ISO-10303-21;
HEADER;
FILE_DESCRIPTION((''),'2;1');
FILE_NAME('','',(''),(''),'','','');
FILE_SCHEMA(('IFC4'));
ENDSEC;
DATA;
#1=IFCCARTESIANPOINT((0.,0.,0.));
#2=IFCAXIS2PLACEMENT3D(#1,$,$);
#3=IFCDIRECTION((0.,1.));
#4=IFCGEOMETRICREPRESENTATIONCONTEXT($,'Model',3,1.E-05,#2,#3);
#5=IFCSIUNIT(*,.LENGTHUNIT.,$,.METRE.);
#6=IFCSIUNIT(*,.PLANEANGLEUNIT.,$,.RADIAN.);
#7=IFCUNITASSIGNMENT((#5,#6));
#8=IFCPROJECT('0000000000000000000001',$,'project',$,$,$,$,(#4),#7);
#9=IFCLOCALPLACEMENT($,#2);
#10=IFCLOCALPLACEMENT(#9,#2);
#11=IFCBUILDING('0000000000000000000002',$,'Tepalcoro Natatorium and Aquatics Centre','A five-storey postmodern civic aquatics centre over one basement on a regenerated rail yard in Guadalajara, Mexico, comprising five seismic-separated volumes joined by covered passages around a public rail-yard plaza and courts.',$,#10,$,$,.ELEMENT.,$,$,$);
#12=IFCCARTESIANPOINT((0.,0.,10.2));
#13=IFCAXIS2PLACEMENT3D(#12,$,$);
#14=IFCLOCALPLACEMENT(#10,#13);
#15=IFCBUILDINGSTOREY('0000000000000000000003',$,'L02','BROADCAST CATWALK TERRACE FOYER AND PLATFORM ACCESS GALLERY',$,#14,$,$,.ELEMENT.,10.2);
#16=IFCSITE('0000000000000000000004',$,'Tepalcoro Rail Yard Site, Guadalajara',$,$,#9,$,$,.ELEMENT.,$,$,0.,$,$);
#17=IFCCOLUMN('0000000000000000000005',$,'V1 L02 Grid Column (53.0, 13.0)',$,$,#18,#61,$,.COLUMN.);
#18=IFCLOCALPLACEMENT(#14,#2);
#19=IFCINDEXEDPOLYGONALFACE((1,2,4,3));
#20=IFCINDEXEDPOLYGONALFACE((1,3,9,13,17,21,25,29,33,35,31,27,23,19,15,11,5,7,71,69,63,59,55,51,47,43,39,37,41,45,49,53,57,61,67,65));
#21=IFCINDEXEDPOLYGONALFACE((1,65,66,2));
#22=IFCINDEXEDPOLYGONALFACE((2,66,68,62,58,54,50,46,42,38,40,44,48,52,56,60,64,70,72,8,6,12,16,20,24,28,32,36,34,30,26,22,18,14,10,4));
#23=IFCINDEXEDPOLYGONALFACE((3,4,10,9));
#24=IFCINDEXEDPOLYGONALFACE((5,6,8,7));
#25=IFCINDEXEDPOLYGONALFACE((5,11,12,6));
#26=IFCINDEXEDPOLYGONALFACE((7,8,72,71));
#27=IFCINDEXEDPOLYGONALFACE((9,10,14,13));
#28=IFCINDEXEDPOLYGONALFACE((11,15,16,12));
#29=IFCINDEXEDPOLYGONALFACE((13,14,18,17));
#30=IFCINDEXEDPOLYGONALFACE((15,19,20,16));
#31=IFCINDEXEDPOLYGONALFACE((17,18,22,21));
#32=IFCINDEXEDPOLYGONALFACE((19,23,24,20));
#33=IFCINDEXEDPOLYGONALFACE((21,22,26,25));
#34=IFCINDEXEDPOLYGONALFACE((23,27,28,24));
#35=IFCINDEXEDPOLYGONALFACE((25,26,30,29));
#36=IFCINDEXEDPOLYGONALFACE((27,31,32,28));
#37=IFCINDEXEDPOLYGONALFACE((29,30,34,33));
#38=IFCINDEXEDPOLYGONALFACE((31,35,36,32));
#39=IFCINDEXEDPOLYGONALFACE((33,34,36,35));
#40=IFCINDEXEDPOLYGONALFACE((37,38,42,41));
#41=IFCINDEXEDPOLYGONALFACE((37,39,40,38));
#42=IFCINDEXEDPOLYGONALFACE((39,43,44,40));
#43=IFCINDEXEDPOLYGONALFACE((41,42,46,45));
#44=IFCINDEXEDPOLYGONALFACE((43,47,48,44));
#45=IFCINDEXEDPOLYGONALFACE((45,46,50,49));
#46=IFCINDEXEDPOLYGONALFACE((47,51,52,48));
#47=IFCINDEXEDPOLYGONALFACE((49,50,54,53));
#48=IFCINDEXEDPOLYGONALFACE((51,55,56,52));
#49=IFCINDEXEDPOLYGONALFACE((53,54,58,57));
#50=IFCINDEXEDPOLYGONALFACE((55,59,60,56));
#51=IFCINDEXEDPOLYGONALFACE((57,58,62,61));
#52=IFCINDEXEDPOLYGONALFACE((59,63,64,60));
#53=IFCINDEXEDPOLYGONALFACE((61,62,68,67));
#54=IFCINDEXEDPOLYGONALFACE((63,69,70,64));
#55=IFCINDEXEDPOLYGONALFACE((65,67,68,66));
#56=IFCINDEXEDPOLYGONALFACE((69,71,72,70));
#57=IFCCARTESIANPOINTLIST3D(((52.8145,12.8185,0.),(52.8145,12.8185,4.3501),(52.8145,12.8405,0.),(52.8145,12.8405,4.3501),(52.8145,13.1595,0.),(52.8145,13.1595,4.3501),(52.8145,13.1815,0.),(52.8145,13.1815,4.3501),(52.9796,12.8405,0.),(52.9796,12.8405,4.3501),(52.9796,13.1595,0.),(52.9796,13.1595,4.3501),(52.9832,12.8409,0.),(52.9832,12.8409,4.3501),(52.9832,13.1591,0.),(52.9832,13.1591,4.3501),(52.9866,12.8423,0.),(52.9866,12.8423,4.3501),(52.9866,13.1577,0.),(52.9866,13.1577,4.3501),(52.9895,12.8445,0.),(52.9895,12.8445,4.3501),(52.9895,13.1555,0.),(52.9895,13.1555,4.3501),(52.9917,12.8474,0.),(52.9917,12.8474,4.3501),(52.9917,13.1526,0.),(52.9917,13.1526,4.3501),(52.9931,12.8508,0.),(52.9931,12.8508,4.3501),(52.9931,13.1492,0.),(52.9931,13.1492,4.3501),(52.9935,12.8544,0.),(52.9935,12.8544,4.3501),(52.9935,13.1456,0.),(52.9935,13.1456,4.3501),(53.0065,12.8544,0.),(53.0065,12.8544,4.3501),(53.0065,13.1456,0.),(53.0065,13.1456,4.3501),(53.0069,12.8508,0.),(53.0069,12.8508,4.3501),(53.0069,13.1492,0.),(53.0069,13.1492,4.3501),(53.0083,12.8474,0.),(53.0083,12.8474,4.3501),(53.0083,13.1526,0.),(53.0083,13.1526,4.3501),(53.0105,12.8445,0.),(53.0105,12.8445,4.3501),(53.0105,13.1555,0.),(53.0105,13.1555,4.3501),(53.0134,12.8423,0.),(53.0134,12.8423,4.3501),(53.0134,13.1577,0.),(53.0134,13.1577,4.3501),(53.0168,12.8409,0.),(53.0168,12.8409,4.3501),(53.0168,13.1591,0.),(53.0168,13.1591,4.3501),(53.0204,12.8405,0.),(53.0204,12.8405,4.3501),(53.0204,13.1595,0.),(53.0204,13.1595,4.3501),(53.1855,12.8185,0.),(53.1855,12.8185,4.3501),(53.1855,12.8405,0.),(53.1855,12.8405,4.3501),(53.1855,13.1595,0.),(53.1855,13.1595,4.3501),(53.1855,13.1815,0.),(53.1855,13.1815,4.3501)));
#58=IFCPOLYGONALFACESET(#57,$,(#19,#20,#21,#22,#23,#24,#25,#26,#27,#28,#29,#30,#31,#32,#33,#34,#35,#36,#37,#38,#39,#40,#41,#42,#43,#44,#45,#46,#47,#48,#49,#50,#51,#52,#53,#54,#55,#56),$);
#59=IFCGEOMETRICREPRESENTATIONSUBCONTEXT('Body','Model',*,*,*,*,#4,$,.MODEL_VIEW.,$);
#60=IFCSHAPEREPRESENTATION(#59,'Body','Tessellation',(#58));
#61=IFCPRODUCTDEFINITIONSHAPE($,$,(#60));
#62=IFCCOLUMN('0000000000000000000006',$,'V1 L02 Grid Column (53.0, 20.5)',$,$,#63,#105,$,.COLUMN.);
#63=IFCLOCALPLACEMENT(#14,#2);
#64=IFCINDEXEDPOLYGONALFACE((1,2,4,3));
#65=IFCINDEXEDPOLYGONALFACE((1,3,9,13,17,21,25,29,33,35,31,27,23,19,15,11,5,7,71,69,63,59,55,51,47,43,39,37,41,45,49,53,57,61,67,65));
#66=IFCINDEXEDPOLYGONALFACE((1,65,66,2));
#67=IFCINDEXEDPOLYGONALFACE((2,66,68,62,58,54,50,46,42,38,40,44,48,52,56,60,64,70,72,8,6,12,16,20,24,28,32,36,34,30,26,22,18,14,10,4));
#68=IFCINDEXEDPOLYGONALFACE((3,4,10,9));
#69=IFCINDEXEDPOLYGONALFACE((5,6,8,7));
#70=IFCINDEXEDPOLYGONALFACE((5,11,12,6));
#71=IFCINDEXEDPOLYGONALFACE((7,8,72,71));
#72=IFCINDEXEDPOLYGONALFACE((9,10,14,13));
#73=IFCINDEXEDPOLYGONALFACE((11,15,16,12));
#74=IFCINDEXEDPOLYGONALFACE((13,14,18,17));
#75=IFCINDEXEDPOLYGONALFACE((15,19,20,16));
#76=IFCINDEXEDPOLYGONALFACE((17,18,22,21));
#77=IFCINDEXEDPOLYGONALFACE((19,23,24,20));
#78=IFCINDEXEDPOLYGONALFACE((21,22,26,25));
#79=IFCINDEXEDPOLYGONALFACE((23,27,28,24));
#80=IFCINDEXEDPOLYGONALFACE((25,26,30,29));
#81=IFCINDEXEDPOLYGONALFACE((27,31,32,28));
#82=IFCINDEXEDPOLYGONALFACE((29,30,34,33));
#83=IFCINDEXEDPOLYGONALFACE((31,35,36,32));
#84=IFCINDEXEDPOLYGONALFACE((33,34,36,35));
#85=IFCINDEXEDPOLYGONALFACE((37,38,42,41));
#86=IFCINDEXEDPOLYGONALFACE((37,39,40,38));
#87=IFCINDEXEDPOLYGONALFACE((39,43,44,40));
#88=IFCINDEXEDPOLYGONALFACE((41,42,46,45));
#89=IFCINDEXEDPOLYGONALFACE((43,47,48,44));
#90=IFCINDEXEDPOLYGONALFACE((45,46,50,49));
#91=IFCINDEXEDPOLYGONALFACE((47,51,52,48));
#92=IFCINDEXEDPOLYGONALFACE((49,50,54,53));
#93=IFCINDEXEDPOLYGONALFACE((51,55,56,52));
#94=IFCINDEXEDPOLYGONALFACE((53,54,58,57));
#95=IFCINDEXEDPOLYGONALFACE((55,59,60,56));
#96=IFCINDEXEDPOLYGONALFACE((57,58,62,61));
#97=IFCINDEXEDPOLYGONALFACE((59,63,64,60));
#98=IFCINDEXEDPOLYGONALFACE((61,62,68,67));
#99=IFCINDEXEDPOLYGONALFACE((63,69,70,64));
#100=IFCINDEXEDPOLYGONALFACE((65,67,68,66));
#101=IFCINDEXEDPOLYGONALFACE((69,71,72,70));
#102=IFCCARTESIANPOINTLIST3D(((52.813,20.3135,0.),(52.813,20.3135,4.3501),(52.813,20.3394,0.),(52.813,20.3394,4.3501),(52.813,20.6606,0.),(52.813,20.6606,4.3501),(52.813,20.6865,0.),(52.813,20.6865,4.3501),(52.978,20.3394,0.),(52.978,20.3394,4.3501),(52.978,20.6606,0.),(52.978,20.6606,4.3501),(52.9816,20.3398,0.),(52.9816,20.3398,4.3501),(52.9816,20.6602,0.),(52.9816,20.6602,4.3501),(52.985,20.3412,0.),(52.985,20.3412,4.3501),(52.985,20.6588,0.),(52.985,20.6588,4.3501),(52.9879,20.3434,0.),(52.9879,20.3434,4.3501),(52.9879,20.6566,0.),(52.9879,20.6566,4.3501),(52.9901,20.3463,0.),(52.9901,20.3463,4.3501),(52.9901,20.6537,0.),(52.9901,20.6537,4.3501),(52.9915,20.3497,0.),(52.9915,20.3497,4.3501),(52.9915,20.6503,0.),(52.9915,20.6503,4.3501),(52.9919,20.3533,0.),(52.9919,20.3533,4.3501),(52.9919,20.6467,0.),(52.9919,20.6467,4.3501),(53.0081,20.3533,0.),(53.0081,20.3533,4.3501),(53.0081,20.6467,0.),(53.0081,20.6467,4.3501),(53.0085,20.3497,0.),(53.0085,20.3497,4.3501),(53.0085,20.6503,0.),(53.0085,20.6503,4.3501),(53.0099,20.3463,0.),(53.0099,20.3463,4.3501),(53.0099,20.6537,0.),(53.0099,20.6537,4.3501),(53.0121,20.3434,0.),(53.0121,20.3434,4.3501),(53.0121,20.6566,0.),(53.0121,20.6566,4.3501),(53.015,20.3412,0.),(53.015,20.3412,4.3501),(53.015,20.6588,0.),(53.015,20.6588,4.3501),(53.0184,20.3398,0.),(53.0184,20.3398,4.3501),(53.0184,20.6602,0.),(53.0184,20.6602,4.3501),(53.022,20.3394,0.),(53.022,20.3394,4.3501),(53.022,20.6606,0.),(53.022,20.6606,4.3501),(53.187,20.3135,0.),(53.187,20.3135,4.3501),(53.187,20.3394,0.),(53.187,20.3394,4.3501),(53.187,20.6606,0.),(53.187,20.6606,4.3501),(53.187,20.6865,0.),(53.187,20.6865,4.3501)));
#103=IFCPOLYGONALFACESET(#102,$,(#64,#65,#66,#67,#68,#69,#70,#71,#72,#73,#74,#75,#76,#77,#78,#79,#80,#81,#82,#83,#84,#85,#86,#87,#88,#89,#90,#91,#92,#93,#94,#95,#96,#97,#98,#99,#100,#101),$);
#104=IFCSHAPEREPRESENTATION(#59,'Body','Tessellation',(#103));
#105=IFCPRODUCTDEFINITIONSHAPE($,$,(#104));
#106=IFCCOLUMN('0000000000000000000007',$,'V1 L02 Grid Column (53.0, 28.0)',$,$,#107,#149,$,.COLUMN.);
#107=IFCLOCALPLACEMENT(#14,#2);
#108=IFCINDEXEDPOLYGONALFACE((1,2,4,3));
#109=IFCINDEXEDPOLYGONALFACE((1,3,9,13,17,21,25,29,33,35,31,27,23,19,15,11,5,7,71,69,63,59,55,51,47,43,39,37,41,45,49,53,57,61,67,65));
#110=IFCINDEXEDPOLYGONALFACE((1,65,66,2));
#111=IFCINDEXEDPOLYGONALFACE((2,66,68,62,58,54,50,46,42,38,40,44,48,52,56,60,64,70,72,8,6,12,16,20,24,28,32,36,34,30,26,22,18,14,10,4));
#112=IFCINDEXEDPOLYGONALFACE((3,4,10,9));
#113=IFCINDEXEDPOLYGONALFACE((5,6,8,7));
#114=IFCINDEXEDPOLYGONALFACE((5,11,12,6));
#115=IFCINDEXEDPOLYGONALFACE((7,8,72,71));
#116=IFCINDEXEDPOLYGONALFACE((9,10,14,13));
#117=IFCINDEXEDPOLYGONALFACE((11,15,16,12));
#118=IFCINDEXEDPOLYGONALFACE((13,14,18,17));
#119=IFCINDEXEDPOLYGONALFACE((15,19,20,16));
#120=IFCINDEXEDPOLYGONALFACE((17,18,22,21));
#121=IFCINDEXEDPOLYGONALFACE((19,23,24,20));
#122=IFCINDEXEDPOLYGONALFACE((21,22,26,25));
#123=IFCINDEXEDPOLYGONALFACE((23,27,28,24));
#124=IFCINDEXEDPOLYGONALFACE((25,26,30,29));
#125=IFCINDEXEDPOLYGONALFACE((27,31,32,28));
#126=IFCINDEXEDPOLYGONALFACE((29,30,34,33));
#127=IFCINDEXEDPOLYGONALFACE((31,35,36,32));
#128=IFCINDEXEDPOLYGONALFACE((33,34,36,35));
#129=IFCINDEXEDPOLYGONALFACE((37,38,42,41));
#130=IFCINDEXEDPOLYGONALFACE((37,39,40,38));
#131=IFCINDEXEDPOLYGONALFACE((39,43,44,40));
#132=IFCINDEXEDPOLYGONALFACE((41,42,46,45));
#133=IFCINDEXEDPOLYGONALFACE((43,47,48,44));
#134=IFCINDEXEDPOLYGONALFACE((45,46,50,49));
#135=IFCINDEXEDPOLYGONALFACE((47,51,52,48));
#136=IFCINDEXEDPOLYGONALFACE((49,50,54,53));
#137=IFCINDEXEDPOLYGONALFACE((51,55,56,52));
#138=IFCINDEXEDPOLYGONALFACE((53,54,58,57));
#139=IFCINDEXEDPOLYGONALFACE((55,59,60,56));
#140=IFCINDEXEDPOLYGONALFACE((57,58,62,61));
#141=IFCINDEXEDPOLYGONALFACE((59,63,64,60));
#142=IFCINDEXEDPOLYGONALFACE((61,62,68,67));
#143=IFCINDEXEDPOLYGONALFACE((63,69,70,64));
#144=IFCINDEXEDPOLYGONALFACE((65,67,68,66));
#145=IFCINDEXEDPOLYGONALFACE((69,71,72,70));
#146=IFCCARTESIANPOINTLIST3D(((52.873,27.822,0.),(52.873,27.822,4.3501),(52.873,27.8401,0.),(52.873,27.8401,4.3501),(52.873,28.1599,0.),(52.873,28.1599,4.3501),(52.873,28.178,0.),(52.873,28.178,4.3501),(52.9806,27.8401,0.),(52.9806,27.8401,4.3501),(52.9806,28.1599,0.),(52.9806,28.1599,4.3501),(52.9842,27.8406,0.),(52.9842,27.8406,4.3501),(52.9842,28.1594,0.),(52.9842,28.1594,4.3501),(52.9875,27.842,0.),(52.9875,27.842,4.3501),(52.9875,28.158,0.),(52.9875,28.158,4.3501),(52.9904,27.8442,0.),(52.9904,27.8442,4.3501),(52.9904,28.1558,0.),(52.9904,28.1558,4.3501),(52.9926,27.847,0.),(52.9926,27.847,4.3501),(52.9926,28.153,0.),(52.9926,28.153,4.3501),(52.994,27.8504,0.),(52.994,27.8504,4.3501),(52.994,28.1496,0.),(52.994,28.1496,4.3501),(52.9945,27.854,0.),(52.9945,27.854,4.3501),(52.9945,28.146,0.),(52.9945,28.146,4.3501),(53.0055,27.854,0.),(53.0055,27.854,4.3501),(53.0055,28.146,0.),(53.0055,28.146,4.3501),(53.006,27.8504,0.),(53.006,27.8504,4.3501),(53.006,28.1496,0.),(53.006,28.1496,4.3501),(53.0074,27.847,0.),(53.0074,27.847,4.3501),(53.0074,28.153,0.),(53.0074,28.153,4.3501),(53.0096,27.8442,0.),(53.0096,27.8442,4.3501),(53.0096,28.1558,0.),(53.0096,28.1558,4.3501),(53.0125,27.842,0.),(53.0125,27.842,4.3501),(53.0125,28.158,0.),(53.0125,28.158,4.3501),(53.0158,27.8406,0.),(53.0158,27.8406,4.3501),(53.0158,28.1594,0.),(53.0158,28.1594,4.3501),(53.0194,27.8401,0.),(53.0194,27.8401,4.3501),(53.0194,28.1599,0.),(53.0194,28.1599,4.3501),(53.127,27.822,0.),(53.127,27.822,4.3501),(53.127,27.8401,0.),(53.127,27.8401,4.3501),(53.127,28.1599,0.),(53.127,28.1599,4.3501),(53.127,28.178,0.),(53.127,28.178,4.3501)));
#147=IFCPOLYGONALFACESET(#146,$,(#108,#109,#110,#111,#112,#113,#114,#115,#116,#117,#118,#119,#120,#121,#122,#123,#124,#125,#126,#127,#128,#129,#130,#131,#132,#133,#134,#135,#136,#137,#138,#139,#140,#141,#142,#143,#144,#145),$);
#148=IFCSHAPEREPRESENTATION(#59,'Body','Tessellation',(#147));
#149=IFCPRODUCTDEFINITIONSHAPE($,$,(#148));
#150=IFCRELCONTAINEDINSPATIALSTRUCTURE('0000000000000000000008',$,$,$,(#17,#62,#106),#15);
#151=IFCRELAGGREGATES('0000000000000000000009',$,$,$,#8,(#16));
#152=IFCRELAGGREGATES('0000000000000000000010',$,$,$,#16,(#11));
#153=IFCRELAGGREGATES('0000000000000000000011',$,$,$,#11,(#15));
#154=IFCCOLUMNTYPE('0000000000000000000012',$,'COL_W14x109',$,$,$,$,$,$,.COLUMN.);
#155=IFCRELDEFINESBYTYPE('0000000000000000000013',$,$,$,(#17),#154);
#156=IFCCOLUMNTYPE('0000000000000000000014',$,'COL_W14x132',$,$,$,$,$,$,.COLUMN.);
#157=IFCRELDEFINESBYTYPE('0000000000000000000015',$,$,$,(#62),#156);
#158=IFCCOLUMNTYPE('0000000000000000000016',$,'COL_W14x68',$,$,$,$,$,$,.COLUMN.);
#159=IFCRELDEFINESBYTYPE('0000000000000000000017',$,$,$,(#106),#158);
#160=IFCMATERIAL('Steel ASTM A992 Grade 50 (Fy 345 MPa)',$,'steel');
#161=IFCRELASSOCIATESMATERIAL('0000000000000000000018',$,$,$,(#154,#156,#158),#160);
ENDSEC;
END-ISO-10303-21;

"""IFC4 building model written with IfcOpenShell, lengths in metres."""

from ifc_helpers import new_model, si_unit, direction, frame, origin, origin_2d, place, context, subcontext, project, spatial, i_section, extrude, material, material_profile, profile_set, type_object, element, save


model = new_model("IFC4")

# Units and contexts
model_context = context("Model", 3, precision=1e-05, world=origin(), true_north=direction((0.0, 1.0)))
body_context = subcontext(model_context, "Body", "Model", "MODEL_VIEW")
ifc_project = project(units=[si_unit("LENGTHUNIT", "METRE"), si_unit("PLANEANGLEUNIT", "RADIAN")], contexts=[model_context])

# Site, building, storey
site_placement = place(None, origin())
site = spatial("IfcSite", under=ifc_project, at=site_placement, Name="Tepalcoro Rail Yard Site, Guadalajara", CompositionType="ELEMENT", RefElevation=0.0)
building_placement = place(site_placement, origin())
building = spatial("IfcBuilding", under=site, at=building_placement, Name="Tepalcoro Natatorium and Aquatics Centre", Description="A five-storey postmodern civic aquatics centre over one basement on a regenerated rail yard in Guadalajara, Mexico, comprising five seismic-separated volumes joined by covered passages around a public rail-yard plaza and courts.", CompositionType="ELEMENT")
storey_placement = place(building_placement, frame((0.0, 0.0, 10.2)))
storey = spatial("IfcBuildingStorey", under=building, at=storey_placement, Name="L02", Description="BROADCAST CATWALK TERRACE FOYER AND PLATFORM ACCESS GALLERY", CompositionType="ELEMENT", Elevation=10.2)

# Columns
ifc_material_1 = material(Name="Steel ASTM A992 Grade 50 (Fy 345 MPa)", Category="steel")
ifc_material_profile_1 = material_profile(ifc_material_1, i_section(OverallWidth=0.3711, OverallDepth=0.363, WebThickness=0.0129, FlangeThickness=0.022, FilletRadius=0.0139, at=origin_2d()), Name="W14X109")
ifc_profile_set_1 = profile_set([ifc_material_profile_1], Name="Steel ASTM A992 Grade 50 (Fy 345 MPa)")
column_type_1 = type_object("IfcColumnType", Name="COL_W14x109", PredefinedType="COLUMN", material=ifc_profile_set_1)
column_1_placement = place(storey_placement, frame((53.0, 13.0, 0.0), z_axis=(0.0, 0.0, 1.0), x_axis=(1.0, 0.0, 0.0)))
element("IfcColumn", 1, at=column_1_placement, inside=storey, type_object=column_type_1, Name="V1 L02 Grid Column (53.0, 13.0)", PredefinedType="COLUMN", context=body_context, shape_type="SweptSolid", body=[
    extrude(i_section(OverallWidth=0.3711, OverallDepth=0.363, WebThickness=0.0129, FlangeThickness=0.022, FilletRadius=0.0139, at=origin_2d()), origin(), (0.0, 0.0, 1.0), 4.3501),
])
ifc_material_profile_2 = material_profile(ifc_material_1, i_section(OverallWidth=0.374, OverallDepth=0.373, WebThickness=0.0161, FlangeThickness=0.0259, FilletRadius=0.0139, at=origin_2d()), Name="W14X132")
ifc_profile_set_2 = profile_set([ifc_material_profile_2], Name="Steel ASTM A992 Grade 50 (Fy 345 MPa)")
column_type_2 = type_object("IfcColumnType", Name="COL_W14x132", PredefinedType="COLUMN", material=ifc_profile_set_2)
column_2_placement = place(storey_placement, frame((53.0, 20.5, 0.0), z_axis=(0.0, 0.0, 1.0), x_axis=(1.0, 0.0, 0.0)))
element("IfcColumn", 2, at=column_2_placement, inside=storey, type_object=column_type_2, Name="V1 L02 Grid Column (53.0, 20.5)", PredefinedType="COLUMN", context=body_context, shape_type="SweptSolid", body=[
    extrude(i_section(OverallWidth=0.374, OverallDepth=0.373, WebThickness=0.0161, FlangeThickness=0.0259, FilletRadius=0.0139, at=origin_2d()), origin(), (0.0, 0.0, 1.0), 4.3501),
])
ifc_material_profile_3 = material_profile(ifc_material_1, i_section(OverallWidth=0.2539, OverallDepth=0.356, WebThickness=0.011, FlangeThickness=0.0181, FilletRadius=0.0139, at=origin_2d()), Name="W14X68")
ifc_profile_set_3 = profile_set([ifc_material_profile_3], Name="Steel ASTM A992 Grade 50 (Fy 345 MPa)")
column_type_3 = type_object("IfcColumnType", Name="COL_W14x68", PredefinedType="COLUMN", material=ifc_profile_set_3)
column_3_placement = place(storey_placement, frame((53.0, 28.0, 0.0), z_axis=(0.0, 0.0, 1.0), x_axis=(1.0, 0.0, 0.0)))
element("IfcColumn", 3, at=column_3_placement, inside=storey, type_object=column_type_3, Name="V1 L02 Grid Column (53.0, 28.0)", PredefinedType="COLUMN", context=body_context, shape_type="SweptSolid", body=[
    extrude(i_section(OverallWidth=0.2539, OverallDepth=0.356, WebThickness=0.011, FlangeThickness=0.0181, FilletRadius=0.0139, at=origin_2d()), origin(), (0.0, 0.0, 1.0), 4.3501),
])

save(model, "model.ifc")
